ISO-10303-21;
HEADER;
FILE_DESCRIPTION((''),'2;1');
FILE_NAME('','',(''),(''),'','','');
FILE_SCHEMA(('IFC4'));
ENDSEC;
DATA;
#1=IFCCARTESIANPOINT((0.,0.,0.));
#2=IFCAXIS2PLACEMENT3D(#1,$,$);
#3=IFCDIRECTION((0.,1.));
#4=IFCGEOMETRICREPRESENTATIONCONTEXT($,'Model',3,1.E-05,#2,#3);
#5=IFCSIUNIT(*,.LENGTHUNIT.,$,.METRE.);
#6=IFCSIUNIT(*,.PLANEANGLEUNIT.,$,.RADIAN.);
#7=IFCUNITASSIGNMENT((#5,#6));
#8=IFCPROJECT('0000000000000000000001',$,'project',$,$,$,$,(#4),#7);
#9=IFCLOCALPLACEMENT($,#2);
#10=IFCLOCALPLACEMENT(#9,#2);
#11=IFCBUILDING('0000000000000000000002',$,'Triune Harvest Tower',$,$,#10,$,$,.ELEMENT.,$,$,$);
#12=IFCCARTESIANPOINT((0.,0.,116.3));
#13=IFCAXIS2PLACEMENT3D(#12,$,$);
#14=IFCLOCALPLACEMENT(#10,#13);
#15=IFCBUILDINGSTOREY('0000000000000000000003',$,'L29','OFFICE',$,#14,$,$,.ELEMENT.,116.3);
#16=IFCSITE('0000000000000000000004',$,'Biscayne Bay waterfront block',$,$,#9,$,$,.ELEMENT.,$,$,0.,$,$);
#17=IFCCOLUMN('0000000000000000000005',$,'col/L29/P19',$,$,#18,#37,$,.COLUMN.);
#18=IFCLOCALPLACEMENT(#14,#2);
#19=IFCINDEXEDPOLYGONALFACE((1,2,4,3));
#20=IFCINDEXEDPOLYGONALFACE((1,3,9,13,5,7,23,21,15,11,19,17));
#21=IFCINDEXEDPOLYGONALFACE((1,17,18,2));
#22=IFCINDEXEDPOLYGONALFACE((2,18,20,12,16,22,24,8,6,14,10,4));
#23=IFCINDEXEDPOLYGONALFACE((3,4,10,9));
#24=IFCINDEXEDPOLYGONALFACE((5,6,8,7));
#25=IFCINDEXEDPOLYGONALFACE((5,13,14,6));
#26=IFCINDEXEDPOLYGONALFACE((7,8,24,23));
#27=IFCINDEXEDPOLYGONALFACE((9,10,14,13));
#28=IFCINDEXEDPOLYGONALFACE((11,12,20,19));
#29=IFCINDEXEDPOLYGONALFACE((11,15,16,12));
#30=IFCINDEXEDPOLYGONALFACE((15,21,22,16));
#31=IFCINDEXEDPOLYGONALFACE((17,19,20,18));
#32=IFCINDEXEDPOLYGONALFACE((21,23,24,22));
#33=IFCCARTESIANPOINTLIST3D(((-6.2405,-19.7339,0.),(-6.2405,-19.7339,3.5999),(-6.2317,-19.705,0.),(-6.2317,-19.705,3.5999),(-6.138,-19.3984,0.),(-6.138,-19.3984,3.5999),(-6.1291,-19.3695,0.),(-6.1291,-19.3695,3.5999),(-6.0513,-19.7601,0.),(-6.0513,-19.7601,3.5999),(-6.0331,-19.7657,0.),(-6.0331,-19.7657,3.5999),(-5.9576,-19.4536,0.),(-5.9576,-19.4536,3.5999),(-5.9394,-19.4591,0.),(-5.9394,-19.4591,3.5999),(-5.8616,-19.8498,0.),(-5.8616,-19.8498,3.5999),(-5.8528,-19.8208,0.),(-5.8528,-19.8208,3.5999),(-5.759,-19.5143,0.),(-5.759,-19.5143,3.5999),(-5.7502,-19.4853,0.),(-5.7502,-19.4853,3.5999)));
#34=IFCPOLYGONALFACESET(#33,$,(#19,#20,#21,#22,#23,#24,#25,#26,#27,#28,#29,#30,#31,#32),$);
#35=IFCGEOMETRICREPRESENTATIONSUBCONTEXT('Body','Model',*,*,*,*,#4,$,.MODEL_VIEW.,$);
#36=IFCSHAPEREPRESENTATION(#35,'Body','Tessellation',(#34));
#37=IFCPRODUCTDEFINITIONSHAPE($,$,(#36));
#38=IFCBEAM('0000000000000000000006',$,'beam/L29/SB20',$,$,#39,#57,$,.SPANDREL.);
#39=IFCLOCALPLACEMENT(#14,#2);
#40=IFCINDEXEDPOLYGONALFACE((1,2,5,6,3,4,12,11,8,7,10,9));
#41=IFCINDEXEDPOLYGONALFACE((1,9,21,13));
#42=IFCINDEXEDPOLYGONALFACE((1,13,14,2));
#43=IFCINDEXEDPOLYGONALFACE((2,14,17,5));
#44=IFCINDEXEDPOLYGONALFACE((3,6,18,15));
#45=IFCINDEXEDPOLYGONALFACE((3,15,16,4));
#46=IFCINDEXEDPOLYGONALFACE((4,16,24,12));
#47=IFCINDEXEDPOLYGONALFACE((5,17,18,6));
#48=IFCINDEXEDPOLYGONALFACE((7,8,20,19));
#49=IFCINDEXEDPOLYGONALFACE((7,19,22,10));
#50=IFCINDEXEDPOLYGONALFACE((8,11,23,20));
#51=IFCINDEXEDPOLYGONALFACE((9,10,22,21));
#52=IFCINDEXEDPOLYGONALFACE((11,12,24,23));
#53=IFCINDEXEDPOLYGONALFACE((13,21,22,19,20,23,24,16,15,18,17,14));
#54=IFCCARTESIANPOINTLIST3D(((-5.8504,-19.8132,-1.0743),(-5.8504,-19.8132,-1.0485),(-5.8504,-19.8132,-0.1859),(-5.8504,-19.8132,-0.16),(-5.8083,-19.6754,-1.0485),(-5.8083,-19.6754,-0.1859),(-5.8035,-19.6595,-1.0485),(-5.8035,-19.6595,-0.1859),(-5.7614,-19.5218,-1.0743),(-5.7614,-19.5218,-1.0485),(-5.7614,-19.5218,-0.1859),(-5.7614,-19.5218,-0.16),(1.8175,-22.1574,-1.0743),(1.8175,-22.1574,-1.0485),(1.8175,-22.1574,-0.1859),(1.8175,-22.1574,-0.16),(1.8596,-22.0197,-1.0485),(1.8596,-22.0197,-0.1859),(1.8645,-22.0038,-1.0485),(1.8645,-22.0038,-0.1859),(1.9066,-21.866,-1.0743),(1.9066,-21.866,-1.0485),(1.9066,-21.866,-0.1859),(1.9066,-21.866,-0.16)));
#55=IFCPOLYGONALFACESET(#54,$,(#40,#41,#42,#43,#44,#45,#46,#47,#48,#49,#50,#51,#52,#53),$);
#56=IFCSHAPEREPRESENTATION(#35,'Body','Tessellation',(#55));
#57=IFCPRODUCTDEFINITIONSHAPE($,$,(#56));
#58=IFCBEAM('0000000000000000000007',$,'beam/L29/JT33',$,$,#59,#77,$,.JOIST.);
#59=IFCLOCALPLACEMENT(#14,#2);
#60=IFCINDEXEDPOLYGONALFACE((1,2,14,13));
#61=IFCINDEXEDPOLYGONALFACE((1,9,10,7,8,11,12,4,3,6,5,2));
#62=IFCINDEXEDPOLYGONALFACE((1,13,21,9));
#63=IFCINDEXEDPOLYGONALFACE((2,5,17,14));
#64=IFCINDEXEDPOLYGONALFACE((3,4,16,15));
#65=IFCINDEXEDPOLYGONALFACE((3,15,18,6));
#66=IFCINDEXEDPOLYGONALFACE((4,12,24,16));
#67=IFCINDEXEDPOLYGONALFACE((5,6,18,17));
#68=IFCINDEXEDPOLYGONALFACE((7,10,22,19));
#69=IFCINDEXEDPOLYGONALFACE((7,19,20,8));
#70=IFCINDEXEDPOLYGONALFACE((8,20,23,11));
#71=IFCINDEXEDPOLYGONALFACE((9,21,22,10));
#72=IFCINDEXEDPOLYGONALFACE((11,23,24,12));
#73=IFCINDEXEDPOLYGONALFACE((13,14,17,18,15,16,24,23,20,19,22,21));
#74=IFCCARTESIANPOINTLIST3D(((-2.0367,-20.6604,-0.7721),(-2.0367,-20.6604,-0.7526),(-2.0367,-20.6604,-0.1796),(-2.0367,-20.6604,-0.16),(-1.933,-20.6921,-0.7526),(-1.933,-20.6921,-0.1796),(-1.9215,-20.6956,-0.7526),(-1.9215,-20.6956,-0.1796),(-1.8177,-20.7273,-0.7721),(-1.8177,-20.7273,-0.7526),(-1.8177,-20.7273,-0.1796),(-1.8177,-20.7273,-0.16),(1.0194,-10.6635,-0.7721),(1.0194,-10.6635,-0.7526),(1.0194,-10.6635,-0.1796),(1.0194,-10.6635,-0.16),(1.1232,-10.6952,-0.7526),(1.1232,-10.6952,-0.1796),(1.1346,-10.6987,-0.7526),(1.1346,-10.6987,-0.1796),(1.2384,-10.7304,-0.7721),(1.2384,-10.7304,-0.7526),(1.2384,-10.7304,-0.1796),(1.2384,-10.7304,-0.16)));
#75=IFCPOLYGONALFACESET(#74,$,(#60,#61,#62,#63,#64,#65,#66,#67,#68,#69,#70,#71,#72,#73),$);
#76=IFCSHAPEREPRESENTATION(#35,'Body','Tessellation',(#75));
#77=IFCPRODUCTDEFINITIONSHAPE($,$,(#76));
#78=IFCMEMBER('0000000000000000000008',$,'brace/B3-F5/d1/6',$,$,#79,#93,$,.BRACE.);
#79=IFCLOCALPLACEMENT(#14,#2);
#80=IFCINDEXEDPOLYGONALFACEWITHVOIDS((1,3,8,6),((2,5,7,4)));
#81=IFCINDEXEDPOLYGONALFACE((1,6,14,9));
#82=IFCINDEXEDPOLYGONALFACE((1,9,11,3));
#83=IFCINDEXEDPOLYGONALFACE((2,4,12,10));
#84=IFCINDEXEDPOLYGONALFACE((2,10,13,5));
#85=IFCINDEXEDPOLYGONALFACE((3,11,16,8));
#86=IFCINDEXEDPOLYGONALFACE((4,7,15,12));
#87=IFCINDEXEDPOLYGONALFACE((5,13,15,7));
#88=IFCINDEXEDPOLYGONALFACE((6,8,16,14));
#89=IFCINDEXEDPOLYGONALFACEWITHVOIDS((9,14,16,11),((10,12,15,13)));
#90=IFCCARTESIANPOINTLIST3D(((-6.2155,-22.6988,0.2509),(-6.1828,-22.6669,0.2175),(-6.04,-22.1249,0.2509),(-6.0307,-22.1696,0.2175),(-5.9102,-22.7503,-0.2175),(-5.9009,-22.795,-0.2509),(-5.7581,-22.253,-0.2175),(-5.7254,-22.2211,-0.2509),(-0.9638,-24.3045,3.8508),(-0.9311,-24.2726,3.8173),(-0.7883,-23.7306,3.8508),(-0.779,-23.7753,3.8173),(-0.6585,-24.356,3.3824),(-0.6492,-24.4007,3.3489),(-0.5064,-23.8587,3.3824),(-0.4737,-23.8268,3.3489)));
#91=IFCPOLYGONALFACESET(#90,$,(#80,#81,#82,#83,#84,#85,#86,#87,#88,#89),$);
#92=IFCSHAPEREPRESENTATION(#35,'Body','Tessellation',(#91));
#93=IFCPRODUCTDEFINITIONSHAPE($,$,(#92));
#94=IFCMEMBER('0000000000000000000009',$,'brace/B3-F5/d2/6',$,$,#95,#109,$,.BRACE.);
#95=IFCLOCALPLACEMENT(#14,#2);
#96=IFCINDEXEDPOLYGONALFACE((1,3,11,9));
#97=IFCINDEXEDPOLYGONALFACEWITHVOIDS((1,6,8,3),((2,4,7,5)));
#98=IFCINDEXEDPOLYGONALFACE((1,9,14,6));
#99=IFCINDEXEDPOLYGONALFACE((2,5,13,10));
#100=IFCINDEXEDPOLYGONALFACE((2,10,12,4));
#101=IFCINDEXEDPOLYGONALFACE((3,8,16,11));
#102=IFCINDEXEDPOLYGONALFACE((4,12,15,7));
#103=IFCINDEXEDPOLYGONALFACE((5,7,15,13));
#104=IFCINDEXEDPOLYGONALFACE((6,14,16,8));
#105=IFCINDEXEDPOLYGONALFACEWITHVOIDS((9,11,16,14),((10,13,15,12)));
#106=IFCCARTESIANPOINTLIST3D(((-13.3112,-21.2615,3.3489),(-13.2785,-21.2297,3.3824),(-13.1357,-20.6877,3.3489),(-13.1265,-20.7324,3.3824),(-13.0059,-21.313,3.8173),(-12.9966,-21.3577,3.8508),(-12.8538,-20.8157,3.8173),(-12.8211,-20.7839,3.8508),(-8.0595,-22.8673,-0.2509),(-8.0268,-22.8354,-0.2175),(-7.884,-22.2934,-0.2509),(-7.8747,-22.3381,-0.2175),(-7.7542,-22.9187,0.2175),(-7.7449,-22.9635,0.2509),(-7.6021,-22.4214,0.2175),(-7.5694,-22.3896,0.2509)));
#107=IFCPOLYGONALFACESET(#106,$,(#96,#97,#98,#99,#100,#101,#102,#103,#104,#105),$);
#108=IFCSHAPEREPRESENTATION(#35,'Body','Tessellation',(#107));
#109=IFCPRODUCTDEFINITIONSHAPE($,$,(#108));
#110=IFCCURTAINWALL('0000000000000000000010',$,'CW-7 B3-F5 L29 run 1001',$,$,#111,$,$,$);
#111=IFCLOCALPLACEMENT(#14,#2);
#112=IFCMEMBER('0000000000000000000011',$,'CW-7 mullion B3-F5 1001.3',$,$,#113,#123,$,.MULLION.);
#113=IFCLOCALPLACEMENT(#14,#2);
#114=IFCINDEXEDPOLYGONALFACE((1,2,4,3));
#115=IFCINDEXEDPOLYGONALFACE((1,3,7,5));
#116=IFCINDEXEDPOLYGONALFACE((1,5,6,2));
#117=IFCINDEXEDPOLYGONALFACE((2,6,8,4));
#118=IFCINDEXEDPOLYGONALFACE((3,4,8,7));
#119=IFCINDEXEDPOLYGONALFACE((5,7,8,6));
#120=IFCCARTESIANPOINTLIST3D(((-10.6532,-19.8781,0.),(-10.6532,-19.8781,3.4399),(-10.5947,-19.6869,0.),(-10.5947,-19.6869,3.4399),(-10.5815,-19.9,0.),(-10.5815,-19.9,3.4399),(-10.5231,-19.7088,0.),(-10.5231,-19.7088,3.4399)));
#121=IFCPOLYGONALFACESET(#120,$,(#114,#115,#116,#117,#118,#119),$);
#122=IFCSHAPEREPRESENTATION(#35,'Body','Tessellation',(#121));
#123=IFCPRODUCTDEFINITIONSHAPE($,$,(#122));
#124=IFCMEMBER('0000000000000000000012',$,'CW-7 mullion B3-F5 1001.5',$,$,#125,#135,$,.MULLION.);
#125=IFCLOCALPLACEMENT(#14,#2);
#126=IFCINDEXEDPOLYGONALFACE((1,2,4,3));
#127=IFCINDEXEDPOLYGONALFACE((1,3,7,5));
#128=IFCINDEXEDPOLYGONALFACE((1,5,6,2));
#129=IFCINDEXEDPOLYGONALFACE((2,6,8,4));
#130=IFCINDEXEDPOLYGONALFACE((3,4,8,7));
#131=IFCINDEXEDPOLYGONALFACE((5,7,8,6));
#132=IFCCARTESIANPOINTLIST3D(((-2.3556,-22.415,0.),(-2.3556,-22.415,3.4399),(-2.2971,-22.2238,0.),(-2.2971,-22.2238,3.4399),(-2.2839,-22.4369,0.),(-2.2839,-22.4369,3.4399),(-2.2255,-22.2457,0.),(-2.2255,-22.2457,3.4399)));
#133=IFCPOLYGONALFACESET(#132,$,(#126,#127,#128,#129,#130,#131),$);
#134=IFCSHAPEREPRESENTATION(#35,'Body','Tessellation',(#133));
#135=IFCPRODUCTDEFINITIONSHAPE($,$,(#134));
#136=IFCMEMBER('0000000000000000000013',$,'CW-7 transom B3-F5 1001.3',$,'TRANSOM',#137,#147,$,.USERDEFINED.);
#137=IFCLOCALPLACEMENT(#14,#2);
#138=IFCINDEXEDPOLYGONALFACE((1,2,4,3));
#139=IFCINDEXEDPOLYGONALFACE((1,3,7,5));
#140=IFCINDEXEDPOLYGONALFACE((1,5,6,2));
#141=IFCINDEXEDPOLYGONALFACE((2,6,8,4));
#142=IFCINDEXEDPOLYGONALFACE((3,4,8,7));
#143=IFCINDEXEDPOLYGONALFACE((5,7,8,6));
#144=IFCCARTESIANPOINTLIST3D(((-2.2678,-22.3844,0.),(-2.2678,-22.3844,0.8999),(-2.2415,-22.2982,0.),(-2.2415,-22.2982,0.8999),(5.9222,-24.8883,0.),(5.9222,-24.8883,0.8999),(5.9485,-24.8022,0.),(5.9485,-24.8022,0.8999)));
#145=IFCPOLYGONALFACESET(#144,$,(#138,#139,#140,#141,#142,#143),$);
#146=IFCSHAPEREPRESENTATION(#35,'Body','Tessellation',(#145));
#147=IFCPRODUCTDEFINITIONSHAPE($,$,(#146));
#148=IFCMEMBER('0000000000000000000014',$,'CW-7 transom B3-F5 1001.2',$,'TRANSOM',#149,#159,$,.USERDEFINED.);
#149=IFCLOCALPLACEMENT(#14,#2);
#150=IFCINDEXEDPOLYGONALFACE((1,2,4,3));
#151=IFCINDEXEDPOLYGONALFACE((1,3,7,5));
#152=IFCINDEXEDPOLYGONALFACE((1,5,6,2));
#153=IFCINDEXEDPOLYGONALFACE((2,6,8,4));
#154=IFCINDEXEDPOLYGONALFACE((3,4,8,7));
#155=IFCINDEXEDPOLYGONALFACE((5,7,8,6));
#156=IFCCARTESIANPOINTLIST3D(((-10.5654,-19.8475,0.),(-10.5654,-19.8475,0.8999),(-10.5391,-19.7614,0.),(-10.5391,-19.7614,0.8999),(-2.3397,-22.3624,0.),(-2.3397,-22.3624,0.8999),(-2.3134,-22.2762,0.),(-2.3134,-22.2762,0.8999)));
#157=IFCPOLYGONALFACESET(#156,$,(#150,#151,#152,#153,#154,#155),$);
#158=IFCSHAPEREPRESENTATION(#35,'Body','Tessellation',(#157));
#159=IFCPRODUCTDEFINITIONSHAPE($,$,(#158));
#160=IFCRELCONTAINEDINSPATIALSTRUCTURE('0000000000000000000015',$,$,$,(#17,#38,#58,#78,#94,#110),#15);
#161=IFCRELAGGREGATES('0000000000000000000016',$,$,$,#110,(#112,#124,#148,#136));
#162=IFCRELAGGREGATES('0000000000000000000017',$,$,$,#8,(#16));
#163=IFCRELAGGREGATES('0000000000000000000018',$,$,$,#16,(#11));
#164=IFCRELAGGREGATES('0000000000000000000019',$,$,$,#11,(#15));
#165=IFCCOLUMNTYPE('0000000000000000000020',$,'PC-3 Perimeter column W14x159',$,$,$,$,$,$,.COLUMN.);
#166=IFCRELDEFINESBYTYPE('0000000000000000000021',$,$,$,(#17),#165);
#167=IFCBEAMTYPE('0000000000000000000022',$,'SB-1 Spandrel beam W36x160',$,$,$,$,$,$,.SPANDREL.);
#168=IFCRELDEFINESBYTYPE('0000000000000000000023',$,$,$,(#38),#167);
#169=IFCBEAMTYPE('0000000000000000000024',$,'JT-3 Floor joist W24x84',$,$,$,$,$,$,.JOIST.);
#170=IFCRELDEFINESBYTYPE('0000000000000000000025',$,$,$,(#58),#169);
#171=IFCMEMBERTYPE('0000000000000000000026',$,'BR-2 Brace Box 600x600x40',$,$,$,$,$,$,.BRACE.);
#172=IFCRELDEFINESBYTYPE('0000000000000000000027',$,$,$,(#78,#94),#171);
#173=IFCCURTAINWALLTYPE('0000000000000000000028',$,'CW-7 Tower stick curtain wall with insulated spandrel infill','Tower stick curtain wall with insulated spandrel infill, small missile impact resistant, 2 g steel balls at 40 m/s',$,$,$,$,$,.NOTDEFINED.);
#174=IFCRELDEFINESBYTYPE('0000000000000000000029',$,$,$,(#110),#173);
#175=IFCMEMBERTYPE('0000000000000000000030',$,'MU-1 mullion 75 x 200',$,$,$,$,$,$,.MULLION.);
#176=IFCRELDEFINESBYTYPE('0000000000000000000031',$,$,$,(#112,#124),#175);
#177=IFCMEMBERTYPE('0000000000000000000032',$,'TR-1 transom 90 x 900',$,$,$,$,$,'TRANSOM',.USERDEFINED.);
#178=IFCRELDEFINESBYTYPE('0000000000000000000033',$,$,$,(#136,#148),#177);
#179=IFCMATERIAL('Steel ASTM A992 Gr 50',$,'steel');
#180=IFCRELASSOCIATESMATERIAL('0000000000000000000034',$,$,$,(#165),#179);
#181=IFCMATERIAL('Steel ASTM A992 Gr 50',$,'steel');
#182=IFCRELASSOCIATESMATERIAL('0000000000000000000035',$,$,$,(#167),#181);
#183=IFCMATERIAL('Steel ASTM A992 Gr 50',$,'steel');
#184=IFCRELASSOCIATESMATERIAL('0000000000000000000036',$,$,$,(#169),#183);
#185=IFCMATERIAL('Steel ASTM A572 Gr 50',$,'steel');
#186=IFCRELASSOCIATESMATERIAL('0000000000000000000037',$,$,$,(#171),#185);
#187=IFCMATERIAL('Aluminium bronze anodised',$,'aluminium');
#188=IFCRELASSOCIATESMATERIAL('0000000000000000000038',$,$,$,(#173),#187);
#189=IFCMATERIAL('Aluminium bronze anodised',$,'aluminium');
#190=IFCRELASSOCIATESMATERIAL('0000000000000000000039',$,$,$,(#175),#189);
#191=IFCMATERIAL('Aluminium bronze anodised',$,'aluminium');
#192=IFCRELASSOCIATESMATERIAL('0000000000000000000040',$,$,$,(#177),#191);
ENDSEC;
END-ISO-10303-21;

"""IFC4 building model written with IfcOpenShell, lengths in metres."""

from ifc_helpers import new_model, si_unit, direction, frame, origin, origin_2d, place, context, subcontext, project, spatial, rectangle, hollow_rectangle, i_section, extrude, source, transform, mapped, material, material_profile, profile_set, type_object, element, aggregate, save


model = new_model("IFC4")

# Units and contexts
model_context = context("Model", 3, precision=1e-05, world=origin(), true_north=direction((0.0, 1.0)))
body_context = subcontext(model_context, "Body", "Model", "MODEL_VIEW")
ifc_project = project(units=[si_unit("LENGTHUNIT", "METRE"), si_unit("PLANEANGLEUNIT", "RADIAN")], contexts=[model_context])

# Site, building, storey
site_placement = place(None, origin())
site = spatial("IfcSite", under=ifc_project, at=site_placement, Name="Biscayne Bay waterfront block", CompositionType="ELEMENT", RefElevation=0.0)
building_placement = place(site_placement, origin())
building = spatial("IfcBuilding", under=site, at=building_placement, Name="Triune Harvest Tower", CompositionType="ELEMENT")
storey_placement = place(building_placement, frame((0.0, 0.0, 116.3)))
storey = spatial("IfcBuildingStorey", under=building, at=storey_placement, Name="L29", Description="OFFICE", CompositionType="ELEMENT", Elevation=116.3)

# Column
ifc_material_1 = material(Name="Steel ASTM A992 Gr 50", Category="steel")
ifc_material_profile_1 = material_profile(ifc_material_1, i_section(OverallWidth=0.3962, OverallDepth=0.3811, WebThickness=0.019, FlangeThickness=0.0303, at=origin_2d()), Name="W14x159")
ifc_profile_set_1 = profile_set([ifc_material_profile_1], Name="Steel ASTM A992 Gr 50")
column_type = type_object("IfcColumnType", Name="PC-3 Perimeter column W14x159", PredefinedType="COLUMN", material=ifc_profile_set_1)
shared_shape_1 = source(origin(), body_context, "Body", "SweptSolid", [
    extrude(i_section(OverallWidth=0.3962, OverallDepth=0.3811, WebThickness=0.019, FlangeThickness=0.0303, at=origin_2d()), origin(), (0.0, 0.0, 1.0), 3.5999),
])
column_placement = place(storey_placement, frame((-5.9954, -19.6096, 0.0), z_axis=(0.0, 0.0, 1.0), x_axis=(0.956305, -0.292372, 0.0)))
element("IfcColumn", 1, at=column_placement, inside=storey, type_object=column_type, Name="col/L29/P19", PredefinedType="COLUMN", context=body_context, shape_type="MappedRepresentation", body=[
    mapped(shared_shape_1, transform((0.0, 0.0, 0.0), scale=1.0)),
])

# Beams
ifc_material_2 = material(Name="Steel ASTM A992 Gr 50", Category="steel")
ifc_material_profile_2 = material_profile(ifc_material_2, i_section(OverallWidth=0.3047, OverallDepth=0.9143, WebThickness=0.0166, FlangeThickness=0.0259, at=origin_2d()), Name="W36x160")
ifc_profile_set_2 = profile_set([ifc_material_profile_2], Name="Steel ASTM A992 Gr 50")
beam_type_1 = type_object("IfcBeamType", Name="SB-1 Spandrel beam W36x160", PredefinedType="SPANDREL", material=ifc_profile_set_2)
shared_shape_2 = source(origin(), body_context, "Body", "SweptSolid", [
    extrude(i_section(OverallWidth=0.3047, OverallDepth=0.9143, WebThickness=0.0166, FlangeThickness=0.0259, at=origin_2d()), origin(), (0.0, 0.0, 1.0), 8.0183),
])
beam_1_placement = place(storey_placement, frame((-5.8059, -19.6675, -0.6172), z_axis=(0.956308, -0.292361, 0.0), x_axis=(0.292361, 0.956308, 0.0)))
element("IfcBeam", 2, at=beam_1_placement, inside=storey, type_object=beam_type_1, Name="beam/L29/SB20", PredefinedType="SPANDREL", context=body_context, shape_type="MappedRepresentation", body=[
    mapped(shared_shape_2, transform((0.0, 0.0, 0.0), scale=1.0)),
])
ifc_material_3 = material(Name="Steel ASTM A992 Gr 50", Category="steel")
ifc_material_profile_3 = material_profile(ifc_material_3, i_section(OverallWidth=0.229, OverallDepth=0.6121, WebThickness=0.012, FlangeThickness=0.0195, at=origin_2d()), Name="W24x84")
ifc_profile_set_3 = profile_set([ifc_material_profile_3], Name="Steel ASTM A992 Gr 50")
beam_type_2 = type_object("IfcBeamType", Name="JT-3 Floor joist W24x84", PredefinedType="JOIST", material=ifc_profile_set_3)
shared_shape_3 = source(origin(), body_context, "Body", "SweptSolid", [
    extrude(i_section(OverallWidth=0.229, OverallDepth=0.6121, WebThickness=0.012, FlangeThickness=0.0195, at=origin_2d()), origin(), (0.0, 0.0, 1.0), 10.4536),
])
beam_2_placement = place(storey_placement, frame((-1.9272, -20.6938, -0.4661), z_axis=(0.292356, 0.95631, 0.0), x_axis=(-0.95631, 0.292356, 0.0)))
element("IfcBeam", 3, at=beam_2_placement, inside=storey, type_object=beam_type_2, Name="beam/L29/JT33", PredefinedType="JOIST", context=body_context, shape_type="MappedRepresentation", body=[
    mapped(shared_shape_3, transform((0.0, 0.0, 0.0), scale=1.0)),
])

# Members
ifc_material_4 = material(Name="Steel ASTM A572 Gr 50", Category="steel")
ifc_material_profile_4 = material_profile(ifc_material_4, hollow_rectangle(XDim=0.6001, YDim=0.6001, WallThickness=0.04, at=origin_2d()), Name="Box 600x600x40")
ifc_profile_set_4 = profile_set([ifc_material_profile_4], Name="Steel ASTM A572 Gr 50")
member_type_1 = type_object("IfcMemberType", Name="BR-2 Brace Box 600x600x40", PredefinedType="BRACE", material=ifc_profile_set_4)
shared_shape_4 = source(origin(), body_context, "Body", "SweptSolid", [
    extrude(hollow_rectangle(XDim=0.6001, YDim=0.6001, WallThickness=0.04, at=origin_2d()), origin(), (0.0, 0.0, 1.0), 6.5664),
])
for number, where, z_axis, x_axis, name in (
    (4, (-5.9705, -22.46, 0.0), (0.799784, -0.244534, 0.548223), (0.292389, 0.956299, 0.0), "brace/B3-F5/d1/6"),
    (5, (-7.8145, -22.6284, 0.0), (-0.799784, 0.244534, 0.548223), (-0.292389, -0.956299, 0.0), "brace/B3-F5/d2/6"),
):
    element("IfcMember", number, at=place(storey_placement, frame(where, z_axis=z_axis, x_axis=x_axis)), inside=storey, type_object=member_type_1, Name=name, PredefinedType="BRACE", context=body_context, shape_type="MappedRepresentation", body=[
        mapped(shared_shape_4, transform((0.0, 0.0, 0.0), scale=1.0)),
    ])

# Curtain wall, members
ifc_material_5 = material(Name="Aluminium bronze anodised", Category="aluminium")
curtain_wall_type = type_object("IfcCurtainWallType", Name="CW-7 Tower stick curtain wall with insulated spandrel infill", Description="Tower stick curtain wall with insulated spandrel infill, small missile impact resistant, 2 g steel balls at 40 m/s", PredefinedType="NOTDEFINED", material=ifc_material_5)
curtain_wall_placement = place(storey_placement, origin())
curtain_wall = element("IfcCurtainWall", 6, at=curtain_wall_placement, inside=storey, type_object=curtain_wall_type, Name="CW-7 B3-F5 L29 run 1001")
ifc_material_6 = material(Name="Aluminium bronze anodised", Category="aluminium")
ifc_material_profile_5 = material_profile(ifc_material_6, rectangle(XDim=0.2, YDim=0.075, at=origin_2d()), Name="MU-1 mullion 75 x 200")
ifc_profile_set_5 = profile_set([ifc_material_profile_5], Name="Aluminium bronze anodised")
member_type_2 = type_object("IfcMemberType", Name="MU-1 mullion 75 x 200", PredefinedType="MULLION", material=ifc_profile_set_5)
shared_shape_5 = source(origin(), body_context, "Body", "SweptSolid", [
    extrude(rectangle(XDim=0.2, YDim=0.075, at=origin_2d()), origin(), (0.0, 0.0, 1.0), 3.4399),
])
member_1_placement = place(storey_placement, frame((-10.5881, -19.7935, 0.0), z_axis=(0.0, 0.0, 1.0), x_axis=(0.292373, 0.956304, 0.0)))
member_1 = element("IfcMember", 7, at=member_1_placement, type_object=member_type_2, Name="CW-7 mullion B3-F5 1001.3", PredefinedType="MULLION", context=body_context, shape_type="MappedRepresentation", body=[
    mapped(shared_shape_5, transform((0.0, 0.0, 0.0), scale=1.0)),
])
member_2_placement = place(storey_placement, frame((-2.2905, -22.3303, 0.0), z_axis=(0.0, 0.0, 1.0), x_axis=(0.292373, 0.956304, 0.0)))
member_2 = element("IfcMember", 8, at=member_2_placement, type_object=member_type_2, Name="CW-7 mullion B3-F5 1001.5", PredefinedType="MULLION", context=body_context, shape_type="MappedRepresentation", body=[
    mapped(shared_shape_5, transform((0.0, 0.0, 0.0), scale=1.0)),
])
ifc_material_7 = material(Name="Aluminium bronze anodised", Category="aluminium")
ifc_material_profile_6 = material_profile(ifc_material_7, rectangle(XDim=0.0901, YDim=0.8999, at=origin_2d()), Name="TR-1 transom 90 x 900")
ifc_profile_set_6 = profile_set([ifc_material_profile_6], Name="Aluminium bronze anodised")
member_type_3 = type_object("IfcMemberType", Name="TR-1 transom 90 x 900", ElementType="TRANSOM", PredefinedType="USERDEFINED", material=ifc_profile_set_6)
shared_shape_6 = source(origin(), body_context, "Body", "SweptSolid", [
    extrude(rectangle(XDim=0.0901, YDim=0.8999, at=origin_2d()), origin(), (0.0, 0.0, 1.0), 8.5642),
])
member_3_placement = place(storey_placement, frame((-2.2546, -22.3413, 0.45), z_axis=(0.956305, -0.292371, 0.0), x_axis=(0.292371, 0.956305, 0.0)))
member_3 = element("IfcMember", 9, at=member_3_placement, type_object=member_type_3, Name="CW-7 transom B3-F5 1001.3", ObjectType="TRANSOM", PredefinedType="USERDEFINED", context=body_context, shape_type="MappedRepresentation", body=[
    mapped(shared_shape_6, transform((0.0, 0.0, 0.0), scale=1.0)),
])
shared_shape_7 = source(origin(), body_context, "Body", "SweptSolid", [
    extrude(rectangle(XDim=0.0901, YDim=0.8999, at=origin_2d()), origin(), (0.0, 0.0, 1.0), 8.6016),
])
member_4_placement = place(storey_placement, frame((-10.5522, -19.8044, 0.45), z_axis=(0.956305, -0.292372, 0.0), x_axis=(0.292372, 0.956305, 0.0)))
member_4 = element("IfcMember", 10, at=member_4_placement, type_object=member_type_3, Name="CW-7 transom B3-F5 1001.2", ObjectType="TRANSOM", PredefinedType="USERDEFINED", context=body_context, shape_type="MappedRepresentation", body=[
    mapped(shared_shape_7, transform((0.0, 0.0, 0.0), scale=1.0)),
])
aggregate(curtain_wall, [member_1, member_2, member_4, member_3])

save(model, "model.ifc")
